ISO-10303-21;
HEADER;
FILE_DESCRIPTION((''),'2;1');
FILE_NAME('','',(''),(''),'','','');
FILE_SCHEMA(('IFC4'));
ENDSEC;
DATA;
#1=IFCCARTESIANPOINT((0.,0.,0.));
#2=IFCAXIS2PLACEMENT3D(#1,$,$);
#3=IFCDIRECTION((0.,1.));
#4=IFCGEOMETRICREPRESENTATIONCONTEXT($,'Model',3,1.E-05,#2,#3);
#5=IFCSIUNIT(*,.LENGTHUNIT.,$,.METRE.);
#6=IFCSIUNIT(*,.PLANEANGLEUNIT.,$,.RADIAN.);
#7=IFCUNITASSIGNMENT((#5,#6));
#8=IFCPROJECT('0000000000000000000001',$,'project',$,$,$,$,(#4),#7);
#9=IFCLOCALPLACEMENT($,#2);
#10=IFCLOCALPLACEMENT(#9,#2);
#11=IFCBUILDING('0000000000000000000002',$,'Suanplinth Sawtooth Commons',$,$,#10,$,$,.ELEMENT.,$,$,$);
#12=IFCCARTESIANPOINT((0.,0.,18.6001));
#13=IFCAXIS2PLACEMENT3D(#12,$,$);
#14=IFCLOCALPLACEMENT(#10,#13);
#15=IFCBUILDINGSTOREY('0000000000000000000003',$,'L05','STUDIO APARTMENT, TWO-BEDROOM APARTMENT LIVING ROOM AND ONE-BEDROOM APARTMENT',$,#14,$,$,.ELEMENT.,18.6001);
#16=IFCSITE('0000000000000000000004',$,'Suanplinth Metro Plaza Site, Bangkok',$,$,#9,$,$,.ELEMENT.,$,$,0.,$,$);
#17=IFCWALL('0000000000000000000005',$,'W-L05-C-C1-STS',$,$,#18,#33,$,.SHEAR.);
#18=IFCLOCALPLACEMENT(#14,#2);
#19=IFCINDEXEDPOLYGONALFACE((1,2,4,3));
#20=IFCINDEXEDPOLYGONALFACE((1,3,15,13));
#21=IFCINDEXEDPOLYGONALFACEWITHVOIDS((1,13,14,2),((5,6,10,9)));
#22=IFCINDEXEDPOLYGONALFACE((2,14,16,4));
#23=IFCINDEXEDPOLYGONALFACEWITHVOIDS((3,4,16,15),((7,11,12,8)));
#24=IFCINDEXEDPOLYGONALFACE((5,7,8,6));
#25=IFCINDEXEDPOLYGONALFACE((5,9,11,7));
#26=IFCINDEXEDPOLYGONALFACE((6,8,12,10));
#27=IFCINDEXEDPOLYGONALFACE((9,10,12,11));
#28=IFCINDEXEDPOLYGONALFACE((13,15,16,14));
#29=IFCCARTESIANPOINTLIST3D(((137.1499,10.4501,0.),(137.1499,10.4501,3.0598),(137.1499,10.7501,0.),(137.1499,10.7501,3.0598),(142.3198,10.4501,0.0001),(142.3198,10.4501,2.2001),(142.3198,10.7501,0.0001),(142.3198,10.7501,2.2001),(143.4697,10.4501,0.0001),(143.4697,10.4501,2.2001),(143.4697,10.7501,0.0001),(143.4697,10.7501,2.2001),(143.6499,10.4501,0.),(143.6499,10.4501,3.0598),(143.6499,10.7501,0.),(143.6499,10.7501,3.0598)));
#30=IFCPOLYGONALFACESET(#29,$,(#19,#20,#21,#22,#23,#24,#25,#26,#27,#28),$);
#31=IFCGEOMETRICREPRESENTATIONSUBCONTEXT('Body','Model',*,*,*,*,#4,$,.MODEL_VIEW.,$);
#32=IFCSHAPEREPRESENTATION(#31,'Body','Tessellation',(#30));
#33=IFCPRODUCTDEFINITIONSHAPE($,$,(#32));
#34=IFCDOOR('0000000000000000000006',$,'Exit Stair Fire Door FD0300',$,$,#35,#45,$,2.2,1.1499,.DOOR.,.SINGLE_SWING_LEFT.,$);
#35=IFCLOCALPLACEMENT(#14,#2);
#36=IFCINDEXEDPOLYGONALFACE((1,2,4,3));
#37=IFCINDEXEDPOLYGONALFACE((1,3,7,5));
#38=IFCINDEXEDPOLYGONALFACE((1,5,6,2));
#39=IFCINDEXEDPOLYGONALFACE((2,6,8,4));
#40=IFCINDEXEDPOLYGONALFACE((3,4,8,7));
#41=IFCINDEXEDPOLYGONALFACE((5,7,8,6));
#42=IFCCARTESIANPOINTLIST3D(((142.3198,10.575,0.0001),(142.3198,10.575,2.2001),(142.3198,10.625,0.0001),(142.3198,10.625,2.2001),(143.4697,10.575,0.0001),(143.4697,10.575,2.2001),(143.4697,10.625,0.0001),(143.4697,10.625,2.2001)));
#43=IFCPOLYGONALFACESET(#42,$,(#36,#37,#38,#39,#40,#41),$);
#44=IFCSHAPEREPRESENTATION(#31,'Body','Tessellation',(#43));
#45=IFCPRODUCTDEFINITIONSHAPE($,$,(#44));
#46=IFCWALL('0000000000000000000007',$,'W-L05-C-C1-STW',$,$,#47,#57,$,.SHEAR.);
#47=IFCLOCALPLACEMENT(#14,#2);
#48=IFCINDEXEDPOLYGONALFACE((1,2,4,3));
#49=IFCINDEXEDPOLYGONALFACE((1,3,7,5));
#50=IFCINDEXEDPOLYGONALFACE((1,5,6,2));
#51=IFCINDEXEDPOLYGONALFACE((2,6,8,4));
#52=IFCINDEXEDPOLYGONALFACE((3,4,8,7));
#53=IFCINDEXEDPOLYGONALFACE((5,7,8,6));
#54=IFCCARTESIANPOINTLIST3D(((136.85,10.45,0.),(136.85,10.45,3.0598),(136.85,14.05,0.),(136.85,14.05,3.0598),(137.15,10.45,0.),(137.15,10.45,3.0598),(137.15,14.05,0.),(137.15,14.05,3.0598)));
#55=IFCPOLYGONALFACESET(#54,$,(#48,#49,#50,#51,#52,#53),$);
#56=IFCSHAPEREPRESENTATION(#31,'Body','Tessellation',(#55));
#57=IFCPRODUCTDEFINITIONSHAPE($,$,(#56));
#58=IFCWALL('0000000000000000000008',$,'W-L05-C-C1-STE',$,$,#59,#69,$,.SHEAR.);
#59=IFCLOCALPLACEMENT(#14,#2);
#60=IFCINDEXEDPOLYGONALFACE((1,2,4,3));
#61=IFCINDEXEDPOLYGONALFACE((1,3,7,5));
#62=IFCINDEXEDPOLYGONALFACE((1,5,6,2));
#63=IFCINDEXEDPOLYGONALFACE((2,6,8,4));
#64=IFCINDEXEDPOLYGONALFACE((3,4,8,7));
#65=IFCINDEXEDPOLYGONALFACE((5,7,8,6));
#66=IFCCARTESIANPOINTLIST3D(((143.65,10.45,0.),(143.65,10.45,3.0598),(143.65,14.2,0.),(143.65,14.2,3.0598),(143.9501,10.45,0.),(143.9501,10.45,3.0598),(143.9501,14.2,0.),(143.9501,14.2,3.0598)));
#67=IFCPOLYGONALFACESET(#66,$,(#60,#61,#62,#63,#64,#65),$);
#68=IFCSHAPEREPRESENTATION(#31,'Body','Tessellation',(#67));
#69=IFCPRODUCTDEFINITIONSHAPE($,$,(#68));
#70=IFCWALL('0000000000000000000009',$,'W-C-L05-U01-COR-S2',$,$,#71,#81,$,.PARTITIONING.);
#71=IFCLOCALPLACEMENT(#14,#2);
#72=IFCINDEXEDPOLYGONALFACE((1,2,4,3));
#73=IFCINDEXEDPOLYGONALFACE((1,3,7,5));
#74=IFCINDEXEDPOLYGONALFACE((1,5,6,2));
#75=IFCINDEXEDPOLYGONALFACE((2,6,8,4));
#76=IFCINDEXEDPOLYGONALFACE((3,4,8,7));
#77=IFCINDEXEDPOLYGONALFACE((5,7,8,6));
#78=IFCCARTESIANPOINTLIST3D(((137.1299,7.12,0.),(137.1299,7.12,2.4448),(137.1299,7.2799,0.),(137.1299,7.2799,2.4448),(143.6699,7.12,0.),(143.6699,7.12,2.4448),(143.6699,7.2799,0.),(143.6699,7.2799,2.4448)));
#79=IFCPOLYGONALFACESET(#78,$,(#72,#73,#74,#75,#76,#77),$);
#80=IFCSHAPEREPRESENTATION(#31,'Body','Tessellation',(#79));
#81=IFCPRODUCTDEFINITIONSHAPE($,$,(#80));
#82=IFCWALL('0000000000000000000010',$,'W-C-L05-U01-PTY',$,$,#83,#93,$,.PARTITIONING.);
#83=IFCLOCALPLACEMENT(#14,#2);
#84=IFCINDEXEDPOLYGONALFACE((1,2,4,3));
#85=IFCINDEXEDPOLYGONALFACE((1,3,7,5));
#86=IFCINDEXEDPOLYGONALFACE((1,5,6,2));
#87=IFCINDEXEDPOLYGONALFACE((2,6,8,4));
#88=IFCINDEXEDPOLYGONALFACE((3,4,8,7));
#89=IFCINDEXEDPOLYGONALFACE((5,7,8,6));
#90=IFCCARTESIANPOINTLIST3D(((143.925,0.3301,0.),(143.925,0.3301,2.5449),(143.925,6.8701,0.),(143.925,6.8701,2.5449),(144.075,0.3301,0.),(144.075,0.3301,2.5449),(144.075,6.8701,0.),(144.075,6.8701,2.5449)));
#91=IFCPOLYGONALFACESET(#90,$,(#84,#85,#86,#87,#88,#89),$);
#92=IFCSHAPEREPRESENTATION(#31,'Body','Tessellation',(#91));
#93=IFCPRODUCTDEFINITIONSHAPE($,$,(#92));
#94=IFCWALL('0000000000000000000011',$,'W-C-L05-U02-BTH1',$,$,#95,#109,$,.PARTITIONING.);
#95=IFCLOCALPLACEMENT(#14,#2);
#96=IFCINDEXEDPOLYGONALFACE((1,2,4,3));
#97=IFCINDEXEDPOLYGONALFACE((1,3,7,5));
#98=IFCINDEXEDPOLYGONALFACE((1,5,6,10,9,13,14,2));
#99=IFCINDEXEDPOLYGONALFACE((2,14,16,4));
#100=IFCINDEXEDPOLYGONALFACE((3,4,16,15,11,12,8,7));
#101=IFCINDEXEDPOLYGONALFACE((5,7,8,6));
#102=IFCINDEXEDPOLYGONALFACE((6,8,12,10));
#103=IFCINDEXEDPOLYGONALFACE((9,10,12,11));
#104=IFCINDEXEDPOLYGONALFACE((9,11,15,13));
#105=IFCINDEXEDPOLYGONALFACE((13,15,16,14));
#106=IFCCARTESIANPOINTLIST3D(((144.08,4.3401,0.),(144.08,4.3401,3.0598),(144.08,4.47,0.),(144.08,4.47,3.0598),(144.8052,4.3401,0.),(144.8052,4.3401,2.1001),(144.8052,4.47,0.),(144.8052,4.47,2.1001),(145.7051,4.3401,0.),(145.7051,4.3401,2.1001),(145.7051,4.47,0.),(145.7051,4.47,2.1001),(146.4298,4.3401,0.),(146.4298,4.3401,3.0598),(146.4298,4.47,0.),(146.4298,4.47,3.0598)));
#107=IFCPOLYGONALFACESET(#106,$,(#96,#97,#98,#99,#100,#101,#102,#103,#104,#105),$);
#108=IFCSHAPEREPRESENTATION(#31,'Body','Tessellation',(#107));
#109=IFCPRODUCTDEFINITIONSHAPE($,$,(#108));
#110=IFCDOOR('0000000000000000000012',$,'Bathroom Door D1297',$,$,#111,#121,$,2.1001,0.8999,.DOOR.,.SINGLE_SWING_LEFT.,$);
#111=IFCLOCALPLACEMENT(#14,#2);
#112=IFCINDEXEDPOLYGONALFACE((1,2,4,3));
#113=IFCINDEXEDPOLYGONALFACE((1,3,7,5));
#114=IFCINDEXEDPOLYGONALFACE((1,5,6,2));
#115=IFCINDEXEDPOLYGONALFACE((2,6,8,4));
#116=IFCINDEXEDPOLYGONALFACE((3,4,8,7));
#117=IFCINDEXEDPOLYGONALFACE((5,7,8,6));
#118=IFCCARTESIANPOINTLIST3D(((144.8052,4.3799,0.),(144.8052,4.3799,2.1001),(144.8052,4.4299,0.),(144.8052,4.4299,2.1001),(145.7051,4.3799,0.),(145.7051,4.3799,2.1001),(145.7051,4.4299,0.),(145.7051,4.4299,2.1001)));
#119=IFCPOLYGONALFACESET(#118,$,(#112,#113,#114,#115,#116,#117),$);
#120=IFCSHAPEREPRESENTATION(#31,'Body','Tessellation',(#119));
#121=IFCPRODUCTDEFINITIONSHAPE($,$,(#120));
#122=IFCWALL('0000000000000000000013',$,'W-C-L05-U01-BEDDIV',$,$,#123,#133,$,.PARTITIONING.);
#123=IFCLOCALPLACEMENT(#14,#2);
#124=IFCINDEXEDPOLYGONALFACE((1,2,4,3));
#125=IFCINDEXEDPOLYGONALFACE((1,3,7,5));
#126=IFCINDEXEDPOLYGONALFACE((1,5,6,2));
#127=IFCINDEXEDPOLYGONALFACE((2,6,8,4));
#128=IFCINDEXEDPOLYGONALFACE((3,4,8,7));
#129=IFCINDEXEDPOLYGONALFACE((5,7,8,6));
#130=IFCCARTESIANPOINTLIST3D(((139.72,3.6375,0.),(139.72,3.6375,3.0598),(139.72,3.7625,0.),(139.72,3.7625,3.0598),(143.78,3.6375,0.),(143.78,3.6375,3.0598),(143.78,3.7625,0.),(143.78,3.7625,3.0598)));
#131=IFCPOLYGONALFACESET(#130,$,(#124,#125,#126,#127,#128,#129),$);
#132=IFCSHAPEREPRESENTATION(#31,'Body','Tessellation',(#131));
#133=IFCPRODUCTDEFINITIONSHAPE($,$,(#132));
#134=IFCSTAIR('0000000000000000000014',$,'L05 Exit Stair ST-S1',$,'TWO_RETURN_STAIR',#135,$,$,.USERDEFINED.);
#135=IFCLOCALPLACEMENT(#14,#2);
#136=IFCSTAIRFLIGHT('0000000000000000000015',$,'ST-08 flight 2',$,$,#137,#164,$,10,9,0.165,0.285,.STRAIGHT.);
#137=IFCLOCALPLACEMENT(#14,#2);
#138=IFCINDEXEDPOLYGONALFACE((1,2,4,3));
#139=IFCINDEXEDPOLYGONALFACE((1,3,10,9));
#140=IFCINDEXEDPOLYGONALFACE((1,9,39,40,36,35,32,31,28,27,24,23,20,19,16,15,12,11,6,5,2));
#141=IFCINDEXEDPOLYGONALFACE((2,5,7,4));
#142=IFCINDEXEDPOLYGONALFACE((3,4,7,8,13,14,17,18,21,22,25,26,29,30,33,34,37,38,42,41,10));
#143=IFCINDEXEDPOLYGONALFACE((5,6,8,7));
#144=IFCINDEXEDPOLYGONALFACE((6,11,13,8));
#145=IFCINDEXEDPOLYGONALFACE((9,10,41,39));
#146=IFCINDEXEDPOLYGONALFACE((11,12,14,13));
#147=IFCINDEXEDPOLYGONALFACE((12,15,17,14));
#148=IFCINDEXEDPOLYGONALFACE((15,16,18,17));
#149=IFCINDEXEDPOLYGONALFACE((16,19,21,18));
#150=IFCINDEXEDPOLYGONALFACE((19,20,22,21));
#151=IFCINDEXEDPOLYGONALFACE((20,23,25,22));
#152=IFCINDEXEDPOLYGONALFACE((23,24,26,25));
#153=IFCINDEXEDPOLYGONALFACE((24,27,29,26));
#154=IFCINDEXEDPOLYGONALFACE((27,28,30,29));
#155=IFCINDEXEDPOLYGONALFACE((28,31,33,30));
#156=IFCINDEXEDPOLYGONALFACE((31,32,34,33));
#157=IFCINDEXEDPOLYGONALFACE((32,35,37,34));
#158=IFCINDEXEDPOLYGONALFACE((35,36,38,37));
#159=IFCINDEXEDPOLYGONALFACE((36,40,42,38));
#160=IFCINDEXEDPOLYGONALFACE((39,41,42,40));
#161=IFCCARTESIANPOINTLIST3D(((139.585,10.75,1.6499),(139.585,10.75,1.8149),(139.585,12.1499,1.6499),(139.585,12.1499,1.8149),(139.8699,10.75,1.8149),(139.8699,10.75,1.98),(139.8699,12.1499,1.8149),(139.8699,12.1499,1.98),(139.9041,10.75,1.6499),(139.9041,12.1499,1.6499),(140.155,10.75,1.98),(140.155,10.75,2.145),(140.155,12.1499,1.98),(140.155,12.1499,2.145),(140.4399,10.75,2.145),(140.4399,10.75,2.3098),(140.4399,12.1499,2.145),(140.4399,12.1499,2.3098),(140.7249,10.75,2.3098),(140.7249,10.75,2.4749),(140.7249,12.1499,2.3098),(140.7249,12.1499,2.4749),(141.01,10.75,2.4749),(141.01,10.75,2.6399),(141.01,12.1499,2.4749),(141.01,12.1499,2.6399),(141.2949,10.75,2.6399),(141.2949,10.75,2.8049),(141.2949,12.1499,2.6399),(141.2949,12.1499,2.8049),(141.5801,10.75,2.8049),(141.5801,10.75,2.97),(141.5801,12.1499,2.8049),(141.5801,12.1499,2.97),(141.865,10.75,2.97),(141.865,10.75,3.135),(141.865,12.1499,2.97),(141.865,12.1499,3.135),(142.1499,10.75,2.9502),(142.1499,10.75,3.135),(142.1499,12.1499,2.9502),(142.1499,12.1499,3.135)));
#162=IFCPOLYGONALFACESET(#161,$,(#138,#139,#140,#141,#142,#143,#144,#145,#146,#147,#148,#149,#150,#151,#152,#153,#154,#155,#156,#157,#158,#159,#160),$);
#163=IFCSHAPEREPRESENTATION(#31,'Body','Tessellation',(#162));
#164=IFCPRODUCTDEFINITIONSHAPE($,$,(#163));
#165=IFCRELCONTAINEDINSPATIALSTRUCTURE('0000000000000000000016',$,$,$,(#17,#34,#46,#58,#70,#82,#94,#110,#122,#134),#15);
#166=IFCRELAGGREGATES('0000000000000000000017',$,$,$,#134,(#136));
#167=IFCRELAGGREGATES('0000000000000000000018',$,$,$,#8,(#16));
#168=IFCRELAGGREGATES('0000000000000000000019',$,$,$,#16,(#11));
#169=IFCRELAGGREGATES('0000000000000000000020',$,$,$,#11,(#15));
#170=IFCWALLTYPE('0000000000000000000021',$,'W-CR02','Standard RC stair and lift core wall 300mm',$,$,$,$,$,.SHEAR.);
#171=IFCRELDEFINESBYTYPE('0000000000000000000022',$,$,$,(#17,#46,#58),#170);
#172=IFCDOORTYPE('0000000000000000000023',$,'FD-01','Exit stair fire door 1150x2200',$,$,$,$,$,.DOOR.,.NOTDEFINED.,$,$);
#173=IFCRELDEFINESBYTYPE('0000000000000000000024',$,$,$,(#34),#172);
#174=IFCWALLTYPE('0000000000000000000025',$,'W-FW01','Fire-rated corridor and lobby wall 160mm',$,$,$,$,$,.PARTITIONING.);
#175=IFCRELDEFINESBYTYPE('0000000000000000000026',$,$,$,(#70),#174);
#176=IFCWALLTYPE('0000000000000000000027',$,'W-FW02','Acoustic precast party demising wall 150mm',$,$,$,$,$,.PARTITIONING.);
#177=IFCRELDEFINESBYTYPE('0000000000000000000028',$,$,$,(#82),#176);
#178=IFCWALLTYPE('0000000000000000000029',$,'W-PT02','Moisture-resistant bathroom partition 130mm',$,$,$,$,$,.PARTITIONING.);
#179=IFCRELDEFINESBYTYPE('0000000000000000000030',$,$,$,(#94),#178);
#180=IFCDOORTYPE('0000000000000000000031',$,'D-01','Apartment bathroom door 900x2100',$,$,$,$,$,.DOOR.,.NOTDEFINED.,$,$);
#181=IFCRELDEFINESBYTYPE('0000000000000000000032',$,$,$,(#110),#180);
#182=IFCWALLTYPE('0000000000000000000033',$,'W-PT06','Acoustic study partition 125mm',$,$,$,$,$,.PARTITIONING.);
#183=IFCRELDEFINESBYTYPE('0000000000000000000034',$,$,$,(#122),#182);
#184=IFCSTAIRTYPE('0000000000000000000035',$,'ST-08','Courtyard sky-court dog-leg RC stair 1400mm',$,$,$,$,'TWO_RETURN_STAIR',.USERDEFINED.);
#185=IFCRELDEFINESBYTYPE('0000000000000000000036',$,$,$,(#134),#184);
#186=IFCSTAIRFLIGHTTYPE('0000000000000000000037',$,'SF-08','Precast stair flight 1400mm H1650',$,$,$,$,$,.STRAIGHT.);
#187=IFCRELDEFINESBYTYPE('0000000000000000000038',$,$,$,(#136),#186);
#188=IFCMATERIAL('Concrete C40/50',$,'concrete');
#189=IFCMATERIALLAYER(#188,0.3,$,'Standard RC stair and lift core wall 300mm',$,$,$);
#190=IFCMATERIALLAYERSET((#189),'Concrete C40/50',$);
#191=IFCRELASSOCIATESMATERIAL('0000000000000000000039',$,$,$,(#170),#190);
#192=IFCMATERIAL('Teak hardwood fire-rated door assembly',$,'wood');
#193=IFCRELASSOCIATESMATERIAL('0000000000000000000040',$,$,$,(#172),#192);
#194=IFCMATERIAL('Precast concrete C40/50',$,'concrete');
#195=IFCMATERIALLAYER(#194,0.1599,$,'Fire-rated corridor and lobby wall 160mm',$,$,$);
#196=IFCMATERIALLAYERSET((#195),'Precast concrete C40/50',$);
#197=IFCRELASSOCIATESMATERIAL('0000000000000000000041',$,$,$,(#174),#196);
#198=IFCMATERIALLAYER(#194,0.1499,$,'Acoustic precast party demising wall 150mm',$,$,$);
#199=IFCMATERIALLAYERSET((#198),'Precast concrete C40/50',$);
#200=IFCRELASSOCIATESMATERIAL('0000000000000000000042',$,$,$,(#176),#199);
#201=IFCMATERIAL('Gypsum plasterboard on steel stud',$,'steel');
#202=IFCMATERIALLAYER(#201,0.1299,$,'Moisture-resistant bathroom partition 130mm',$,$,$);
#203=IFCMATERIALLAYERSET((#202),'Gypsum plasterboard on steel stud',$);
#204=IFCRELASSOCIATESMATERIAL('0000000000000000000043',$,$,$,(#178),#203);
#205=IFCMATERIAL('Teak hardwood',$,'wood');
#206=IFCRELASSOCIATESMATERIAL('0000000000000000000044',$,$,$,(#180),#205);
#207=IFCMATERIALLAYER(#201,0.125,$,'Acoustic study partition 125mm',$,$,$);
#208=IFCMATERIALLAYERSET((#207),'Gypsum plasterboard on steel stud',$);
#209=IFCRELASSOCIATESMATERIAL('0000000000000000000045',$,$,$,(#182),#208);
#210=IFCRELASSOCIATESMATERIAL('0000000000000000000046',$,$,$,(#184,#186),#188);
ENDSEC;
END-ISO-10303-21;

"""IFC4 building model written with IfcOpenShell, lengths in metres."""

from ifc_helpers import new_model, si_unit, direction, frame, frame_2d, origin, place, context, subcontext, project, spatial, polyline, rectangle, outline, extrude, material, layer, layer_set, type_object, element, fill, aggregate, save


model = new_model("IFC4")

# Units and contexts
model_context = context("Model", 3, precision=1e-05, world=origin(), true_north=direction((0.0, 1.0)))
body_context = subcontext(model_context, "Body", "Model", "MODEL_VIEW")
ifc_project = project(units=[si_unit("LENGTHUNIT", "METRE"), si_unit("PLANEANGLEUNIT", "RADIAN")], contexts=[model_context])

# Site, building, storey
site_placement = place(None, origin())
site = spatial("IfcSite", under=ifc_project, at=site_placement, Name="Suanplinth Metro Plaza Site, Bangkok", CompositionType="ELEMENT", RefElevation=0.0)
building_placement = place(site_placement, origin())
building = spatial("IfcBuilding", under=site, at=building_placement, Name="Suanplinth Sawtooth Commons", CompositionType="ELEMENT")
storey_placement = place(building_placement, frame((0.0, 0.0, 18.6001)))
storey = spatial("IfcBuildingStorey", under=building, at=storey_placement, Name="L05", Description="STUDIO APARTMENT, TWO-BEDROOM APARTMENT LIVING ROOM AND ONE-BEDROOM APARTMENT", CompositionType="ELEMENT", Elevation=18.6001)

# Shared definitions
ifc_material_1 = material(Name="Precast concrete C40/50", Category="concrete")

# Wall, opening, door
ifc_material_2 = material(Name="Concrete C40/50", Category="concrete")
ifc_layer_1 = layer(ifc_material_2, 0.3, Name="Standard RC stair and lift core wall 300mm")
ifc_layer_set_1 = layer_set([ifc_layer_1], Name="Concrete C40/50")
wall_type_1 = type_object("IfcWallType", Name="W-CR02", Description="Standard RC stair and lift core wall 300mm", PredefinedType="SHEAR", material=ifc_layer_set_1)
wall_1_placement = place(storey_placement, frame((137.1499, 10.6001, 0.0), z_axis=(0.0, 0.0, 1.0), x_axis=(1.0, 0.0, 0.0)))
wall_1 = element("IfcWall", 1, at=wall_1_placement, inside=storey, type_object=wall_type_1, Name="W-L05-C-C1-STS", PredefinedType="SHEAR", context=body_context, shape_type="SweptSolid", body=[
    extrude(rectangle(XDim=6.5, YDim=0.3, at=frame_2d((3.25, 0.0))), origin(), (0.0, 0.0, 1.0), 3.0598),
])
opening_1_placement = place(wall_1_placement, frame((5.1699, 0.0, 0.0)))
opening_1 = element("IfcOpeningElement", 2, at=opening_1_placement, cuts=wall_1, PredefinedType="OPENING", context=body_context, shape_type="SweptSolid", body=[
    extrude(rectangle(XDim=1.1499, YDim=2.2, at=frame_2d((0.575, 1.1001))), frame((0.0, 0.165, 0.0), z_axis=(0.0, -1.0, 0.0), x_axis=(1.0, 0.0, 0.0)), (0.0, 0.0, 1.0), 0.3298),
])
ifc_material_3 = material(Name="Teak hardwood fire-rated door assembly", Category="wood")
door_type_1 = type_object("IfcDoorType", Name="FD-01", Description="Exit stair fire door 1150x2200", OperationType="NOTDEFINED", PredefinedType="DOOR", material=ifc_material_3)
door_1_placement = place(opening_1_placement, origin())
door_1 = element("IfcDoor", 3, at=door_1_placement, inside=storey, type_object=door_type_1, Name="Exit Stair Fire Door FD0300", OperationType="SINGLE_SWING_LEFT", OverallHeight=2.2, OverallWidth=1.1499, PredefinedType="DOOR", context=body_context, shape_type="SweptSolid", body=[
    extrude(rectangle(XDim=1.1499, YDim=2.2, at=frame_2d((0.575, 1.1001))), frame((0.0, 0.0249, 0.0), z_axis=(0.0, -1.0, 0.0), x_axis=(1.0, 0.0, 0.0)), (0.0, 0.0, 1.0), 0.05),
])
fill(opening_1, door_1)

# Walls
wall_2_placement = place(storey_placement, frame((137.0, 10.45, 0.0), z_axis=(0.0, 0.0, 1.0), x_axis=(0.0, 1.0, 0.0)))
element("IfcWall", 4, at=wall_2_placement, inside=storey, type_object=wall_type_1, Name="W-L05-C-C1-STW", PredefinedType="SHEAR", context=body_context, shape_type="SweptSolid", body=[
    extrude(rectangle(XDim=3.6001, YDim=0.3, at=frame_2d((1.8, 0.0))), origin(), (0.0, 0.0, 1.0), 3.0598),
])
wall_3_placement = place(storey_placement, frame((143.8, 10.45, 0.0), z_axis=(0.0, 0.0, 1.0), x_axis=(0.0, 1.0, 0.0)))
element("IfcWall", 5, at=wall_3_placement, inside=storey, type_object=wall_type_1, Name="W-L05-C-C1-STE", PredefinedType="SHEAR", context=body_context, shape_type="SweptSolid", body=[
    extrude(rectangle(XDim=3.75, YDim=0.3, at=frame_2d((1.875, 0.0))), origin(), (0.0, 0.0, 1.0), 3.0598),
])

# Walls
ifc_layer_2 = layer(ifc_material_1, 0.1599, Name="Fire-rated corridor and lobby wall 160mm")
ifc_layer_set_2 = layer_set([ifc_layer_2], Name="Precast concrete C40/50")
wall_type_2 = type_object("IfcWallType", Name="W-FW01", Description="Fire-rated corridor and lobby wall 160mm", PredefinedType="PARTITIONING", material=ifc_layer_set_2)
wall_4_placement = place(storey_placement, frame((137.1299, 7.2, 0.0), z_axis=(0.0, 0.0, 1.0), x_axis=(1.0, 0.0, 0.0)))
element("IfcWall", 6, at=wall_4_placement, inside=storey, type_object=wall_type_2, Name="W-C-L05-U01-COR-S2", PredefinedType="PARTITIONING", context=body_context, shape_type="SweptSolid", body=[
    extrude(rectangle(XDim=6.54, YDim=0.1599, at=frame_2d((3.27, 0.0))), origin(), (0.0, 0.0, 1.0), 2.4448),
])
ifc_layer_3 = layer(ifc_material_1, 0.1499, Name="Acoustic precast party demising wall 150mm")
ifc_layer_set_3 = layer_set([ifc_layer_3], Name="Precast concrete C40/50")
wall_type_3 = type_object("IfcWallType", Name="W-FW02", Description="Acoustic precast party demising wall 150mm", PredefinedType="PARTITIONING", material=ifc_layer_set_3)
wall_5_placement = place(storey_placement, frame((144.0, 0.3301, 0.0), z_axis=(0.0, 0.0, 1.0), x_axis=(0.0, 1.0, 0.0)))
element("IfcWall", 7, at=wall_5_placement, inside=storey, type_object=wall_type_3, Name="W-C-L05-U01-PTY", PredefinedType="PARTITIONING", context=body_context, shape_type="SweptSolid", body=[
    extrude(rectangle(XDim=6.54, YDim=0.1499, at=frame_2d((3.27, 0.0))), origin(), (0.0, 0.0, 1.0), 2.5449),
])

# Wall, opening, door
ifc_material_4 = material(Name="Gypsum plasterboard on steel stud", Category="steel")
ifc_layer_4 = layer(ifc_material_4, 0.1299, Name="Moisture-resistant bathroom partition 130mm")
ifc_layer_set_4 = layer_set([ifc_layer_4], Name="Gypsum plasterboard on steel stud")
wall_type_4 = type_object("IfcWallType", Name="W-PT02", Description="Moisture-resistant bathroom partition 130mm", PredefinedType="PARTITIONING", material=ifc_layer_set_4)
wall_6_placement = place(storey_placement, frame((144.0801, 4.405, 0.0), z_axis=(0.0, 0.0, 1.0), x_axis=(1.0, 0.0, 0.0)))
wall_6 = element("IfcWall", 8, at=wall_6_placement, inside=storey, type_object=wall_type_4, Name="W-C-L05-U02-BTH1", PredefinedType="PARTITIONING", context=body_context, shape_type="SweptSolid", body=[
    extrude(rectangle(XDim=2.3499, YDim=0.1299, at=frame_2d((1.1748, 0.0))), origin(), (0.0, 0.0, 1.0), 3.0598),
])
opening_2_placement = place(wall_6_placement, frame((0.7251, 0.0, 0.0)))
opening_2 = element("IfcOpeningElement", 9, at=opening_2_placement, cuts=wall_6, PredefinedType="OPENING", context=body_context, shape_type="SweptSolid", body=[
    extrude(rectangle(XDim=0.8999, YDim=2.1001, at=frame_2d((0.45, 1.05))), frame((0.0, 0.0798, 0.0), z_axis=(0.0, -1.0, 0.0), x_axis=(1.0, 0.0, 0.0)), (0.0, 0.0, 1.0), 0.1597),
])
ifc_material_5 = material(Name="Teak hardwood", Category="wood")
door_type_2 = type_object("IfcDoorType", Name="D-01", Description="Apartment bathroom door 900x2100", OperationType="NOTDEFINED", PredefinedType="DOOR", material=ifc_material_5)
door_2_placement = place(opening_2_placement, origin())
door_2 = element("IfcDoor", 10, at=door_2_placement, inside=storey, type_object=door_type_2, Name="Bathroom Door D1297", OperationType="SINGLE_SWING_LEFT", OverallHeight=2.1001, OverallWidth=0.8999, PredefinedType="DOOR", context=body_context, shape_type="SweptSolid", body=[
    extrude(rectangle(XDim=0.8999, YDim=2.1001, at=frame_2d((0.45, 1.05))), frame((0.0, 0.0249, 0.0), z_axis=(0.0, -1.0, 0.0), x_axis=(1.0, 0.0, 0.0)), (0.0, 0.0, 1.0), 0.05),
])
fill(opening_2, door_2)

# Wall
ifc_layer_5 = layer(ifc_material_4, 0.125, Name="Acoustic study partition 125mm")
ifc_layer_set_5 = layer_set([ifc_layer_5], Name="Gypsum plasterboard on steel stud")
wall_type_5 = type_object("IfcWallType", Name="W-PT06", Description="Acoustic study partition 125mm", PredefinedType="PARTITIONING", material=ifc_layer_set_5)
wall_7_placement = place(storey_placement, frame((139.72, 3.7, 0.0), z_axis=(0.0, 0.0, 1.0), x_axis=(1.0, 0.0, 0.0)))
element("IfcWall", 11, at=wall_7_placement, inside=storey, type_object=wall_type_5, Name="W-C-L05-U01-BEDDIV", PredefinedType="PARTITIONING", context=body_context, shape_type="SweptSolid", body=[
    extrude(rectangle(XDim=4.0601, YDim=0.125, at=frame_2d((2.03, 0.0))), origin(), (0.0, 0.0, 1.0), 3.0598),
])

# Stair, stair flight
stair_type = type_object("IfcStairType", Name="ST-08", Description="Courtyard sky-court dog-leg RC stair 1400mm", ElementType="TWO_RETURN_STAIR", PredefinedType="USERDEFINED", material=ifc_material_2)
stair_placement = place(storey_placement, origin())
stair = element("IfcStair", 12, at=stair_placement, inside=storey, type_object=stair_type, Name="L05 Exit Stair ST-S1", ObjectType="TWO_RETURN_STAIR", PredefinedType="USERDEFINED")
stair_flight_type = type_object("IfcStairFlightType", Name="SF-08", Description="Precast stair flight 1400mm H1650", PredefinedType="STRAIGHT", material=ifc_material_2)
stair_flight_placement = place(storey_placement, frame((139.585, 11.45, 1.6499), z_axis=(0.0, 0.0, 1.0), x_axis=(1.0, 0.0, 0.0)))
stair_flight = element("IfcStairFlight", 13, at=stair_flight_placement, type_object=stair_flight_type, Name="ST-08 flight 2", NumberOfRisers=10, NumberOfTreads=9, PredefinedType="STRAIGHT", RiserHeight=0.165, TreadLength=0.285, context=body_context, shape_type="SweptSolid", body=[
    extrude(outline(polyline([(0.0, 0.0), (0.0, 0.165), (0.2849, 0.165), (0.2849, 0.3301), (0.5701, 0.3301), (0.5701, 0.4951), (0.855, 0.4951), (0.855, 0.6599), (1.1399, 0.6599), (1.1399, 0.825), (1.425, 0.825), (1.425, 0.99), (1.71, 0.99), (1.71, 1.155), (1.9951, 1.155), (1.9951, 1.3201), (2.28, 1.3201), (2.28, 1.4851), (2.5649, 1.4851), (2.5649, 1.6499), (2.5649, 1.3003), (0.3191, 0.0), (0.0, 0.0)])), frame((0.0, 0.7, 0.0), z_axis=(0.0, -1.0, 0.0), x_axis=(1.0, 0.0, 0.0)), (0.0, 0.0, 1.0), 1.3999),
])
aggregate(stair, [stair_flight])

save(model, "model.ifc")
